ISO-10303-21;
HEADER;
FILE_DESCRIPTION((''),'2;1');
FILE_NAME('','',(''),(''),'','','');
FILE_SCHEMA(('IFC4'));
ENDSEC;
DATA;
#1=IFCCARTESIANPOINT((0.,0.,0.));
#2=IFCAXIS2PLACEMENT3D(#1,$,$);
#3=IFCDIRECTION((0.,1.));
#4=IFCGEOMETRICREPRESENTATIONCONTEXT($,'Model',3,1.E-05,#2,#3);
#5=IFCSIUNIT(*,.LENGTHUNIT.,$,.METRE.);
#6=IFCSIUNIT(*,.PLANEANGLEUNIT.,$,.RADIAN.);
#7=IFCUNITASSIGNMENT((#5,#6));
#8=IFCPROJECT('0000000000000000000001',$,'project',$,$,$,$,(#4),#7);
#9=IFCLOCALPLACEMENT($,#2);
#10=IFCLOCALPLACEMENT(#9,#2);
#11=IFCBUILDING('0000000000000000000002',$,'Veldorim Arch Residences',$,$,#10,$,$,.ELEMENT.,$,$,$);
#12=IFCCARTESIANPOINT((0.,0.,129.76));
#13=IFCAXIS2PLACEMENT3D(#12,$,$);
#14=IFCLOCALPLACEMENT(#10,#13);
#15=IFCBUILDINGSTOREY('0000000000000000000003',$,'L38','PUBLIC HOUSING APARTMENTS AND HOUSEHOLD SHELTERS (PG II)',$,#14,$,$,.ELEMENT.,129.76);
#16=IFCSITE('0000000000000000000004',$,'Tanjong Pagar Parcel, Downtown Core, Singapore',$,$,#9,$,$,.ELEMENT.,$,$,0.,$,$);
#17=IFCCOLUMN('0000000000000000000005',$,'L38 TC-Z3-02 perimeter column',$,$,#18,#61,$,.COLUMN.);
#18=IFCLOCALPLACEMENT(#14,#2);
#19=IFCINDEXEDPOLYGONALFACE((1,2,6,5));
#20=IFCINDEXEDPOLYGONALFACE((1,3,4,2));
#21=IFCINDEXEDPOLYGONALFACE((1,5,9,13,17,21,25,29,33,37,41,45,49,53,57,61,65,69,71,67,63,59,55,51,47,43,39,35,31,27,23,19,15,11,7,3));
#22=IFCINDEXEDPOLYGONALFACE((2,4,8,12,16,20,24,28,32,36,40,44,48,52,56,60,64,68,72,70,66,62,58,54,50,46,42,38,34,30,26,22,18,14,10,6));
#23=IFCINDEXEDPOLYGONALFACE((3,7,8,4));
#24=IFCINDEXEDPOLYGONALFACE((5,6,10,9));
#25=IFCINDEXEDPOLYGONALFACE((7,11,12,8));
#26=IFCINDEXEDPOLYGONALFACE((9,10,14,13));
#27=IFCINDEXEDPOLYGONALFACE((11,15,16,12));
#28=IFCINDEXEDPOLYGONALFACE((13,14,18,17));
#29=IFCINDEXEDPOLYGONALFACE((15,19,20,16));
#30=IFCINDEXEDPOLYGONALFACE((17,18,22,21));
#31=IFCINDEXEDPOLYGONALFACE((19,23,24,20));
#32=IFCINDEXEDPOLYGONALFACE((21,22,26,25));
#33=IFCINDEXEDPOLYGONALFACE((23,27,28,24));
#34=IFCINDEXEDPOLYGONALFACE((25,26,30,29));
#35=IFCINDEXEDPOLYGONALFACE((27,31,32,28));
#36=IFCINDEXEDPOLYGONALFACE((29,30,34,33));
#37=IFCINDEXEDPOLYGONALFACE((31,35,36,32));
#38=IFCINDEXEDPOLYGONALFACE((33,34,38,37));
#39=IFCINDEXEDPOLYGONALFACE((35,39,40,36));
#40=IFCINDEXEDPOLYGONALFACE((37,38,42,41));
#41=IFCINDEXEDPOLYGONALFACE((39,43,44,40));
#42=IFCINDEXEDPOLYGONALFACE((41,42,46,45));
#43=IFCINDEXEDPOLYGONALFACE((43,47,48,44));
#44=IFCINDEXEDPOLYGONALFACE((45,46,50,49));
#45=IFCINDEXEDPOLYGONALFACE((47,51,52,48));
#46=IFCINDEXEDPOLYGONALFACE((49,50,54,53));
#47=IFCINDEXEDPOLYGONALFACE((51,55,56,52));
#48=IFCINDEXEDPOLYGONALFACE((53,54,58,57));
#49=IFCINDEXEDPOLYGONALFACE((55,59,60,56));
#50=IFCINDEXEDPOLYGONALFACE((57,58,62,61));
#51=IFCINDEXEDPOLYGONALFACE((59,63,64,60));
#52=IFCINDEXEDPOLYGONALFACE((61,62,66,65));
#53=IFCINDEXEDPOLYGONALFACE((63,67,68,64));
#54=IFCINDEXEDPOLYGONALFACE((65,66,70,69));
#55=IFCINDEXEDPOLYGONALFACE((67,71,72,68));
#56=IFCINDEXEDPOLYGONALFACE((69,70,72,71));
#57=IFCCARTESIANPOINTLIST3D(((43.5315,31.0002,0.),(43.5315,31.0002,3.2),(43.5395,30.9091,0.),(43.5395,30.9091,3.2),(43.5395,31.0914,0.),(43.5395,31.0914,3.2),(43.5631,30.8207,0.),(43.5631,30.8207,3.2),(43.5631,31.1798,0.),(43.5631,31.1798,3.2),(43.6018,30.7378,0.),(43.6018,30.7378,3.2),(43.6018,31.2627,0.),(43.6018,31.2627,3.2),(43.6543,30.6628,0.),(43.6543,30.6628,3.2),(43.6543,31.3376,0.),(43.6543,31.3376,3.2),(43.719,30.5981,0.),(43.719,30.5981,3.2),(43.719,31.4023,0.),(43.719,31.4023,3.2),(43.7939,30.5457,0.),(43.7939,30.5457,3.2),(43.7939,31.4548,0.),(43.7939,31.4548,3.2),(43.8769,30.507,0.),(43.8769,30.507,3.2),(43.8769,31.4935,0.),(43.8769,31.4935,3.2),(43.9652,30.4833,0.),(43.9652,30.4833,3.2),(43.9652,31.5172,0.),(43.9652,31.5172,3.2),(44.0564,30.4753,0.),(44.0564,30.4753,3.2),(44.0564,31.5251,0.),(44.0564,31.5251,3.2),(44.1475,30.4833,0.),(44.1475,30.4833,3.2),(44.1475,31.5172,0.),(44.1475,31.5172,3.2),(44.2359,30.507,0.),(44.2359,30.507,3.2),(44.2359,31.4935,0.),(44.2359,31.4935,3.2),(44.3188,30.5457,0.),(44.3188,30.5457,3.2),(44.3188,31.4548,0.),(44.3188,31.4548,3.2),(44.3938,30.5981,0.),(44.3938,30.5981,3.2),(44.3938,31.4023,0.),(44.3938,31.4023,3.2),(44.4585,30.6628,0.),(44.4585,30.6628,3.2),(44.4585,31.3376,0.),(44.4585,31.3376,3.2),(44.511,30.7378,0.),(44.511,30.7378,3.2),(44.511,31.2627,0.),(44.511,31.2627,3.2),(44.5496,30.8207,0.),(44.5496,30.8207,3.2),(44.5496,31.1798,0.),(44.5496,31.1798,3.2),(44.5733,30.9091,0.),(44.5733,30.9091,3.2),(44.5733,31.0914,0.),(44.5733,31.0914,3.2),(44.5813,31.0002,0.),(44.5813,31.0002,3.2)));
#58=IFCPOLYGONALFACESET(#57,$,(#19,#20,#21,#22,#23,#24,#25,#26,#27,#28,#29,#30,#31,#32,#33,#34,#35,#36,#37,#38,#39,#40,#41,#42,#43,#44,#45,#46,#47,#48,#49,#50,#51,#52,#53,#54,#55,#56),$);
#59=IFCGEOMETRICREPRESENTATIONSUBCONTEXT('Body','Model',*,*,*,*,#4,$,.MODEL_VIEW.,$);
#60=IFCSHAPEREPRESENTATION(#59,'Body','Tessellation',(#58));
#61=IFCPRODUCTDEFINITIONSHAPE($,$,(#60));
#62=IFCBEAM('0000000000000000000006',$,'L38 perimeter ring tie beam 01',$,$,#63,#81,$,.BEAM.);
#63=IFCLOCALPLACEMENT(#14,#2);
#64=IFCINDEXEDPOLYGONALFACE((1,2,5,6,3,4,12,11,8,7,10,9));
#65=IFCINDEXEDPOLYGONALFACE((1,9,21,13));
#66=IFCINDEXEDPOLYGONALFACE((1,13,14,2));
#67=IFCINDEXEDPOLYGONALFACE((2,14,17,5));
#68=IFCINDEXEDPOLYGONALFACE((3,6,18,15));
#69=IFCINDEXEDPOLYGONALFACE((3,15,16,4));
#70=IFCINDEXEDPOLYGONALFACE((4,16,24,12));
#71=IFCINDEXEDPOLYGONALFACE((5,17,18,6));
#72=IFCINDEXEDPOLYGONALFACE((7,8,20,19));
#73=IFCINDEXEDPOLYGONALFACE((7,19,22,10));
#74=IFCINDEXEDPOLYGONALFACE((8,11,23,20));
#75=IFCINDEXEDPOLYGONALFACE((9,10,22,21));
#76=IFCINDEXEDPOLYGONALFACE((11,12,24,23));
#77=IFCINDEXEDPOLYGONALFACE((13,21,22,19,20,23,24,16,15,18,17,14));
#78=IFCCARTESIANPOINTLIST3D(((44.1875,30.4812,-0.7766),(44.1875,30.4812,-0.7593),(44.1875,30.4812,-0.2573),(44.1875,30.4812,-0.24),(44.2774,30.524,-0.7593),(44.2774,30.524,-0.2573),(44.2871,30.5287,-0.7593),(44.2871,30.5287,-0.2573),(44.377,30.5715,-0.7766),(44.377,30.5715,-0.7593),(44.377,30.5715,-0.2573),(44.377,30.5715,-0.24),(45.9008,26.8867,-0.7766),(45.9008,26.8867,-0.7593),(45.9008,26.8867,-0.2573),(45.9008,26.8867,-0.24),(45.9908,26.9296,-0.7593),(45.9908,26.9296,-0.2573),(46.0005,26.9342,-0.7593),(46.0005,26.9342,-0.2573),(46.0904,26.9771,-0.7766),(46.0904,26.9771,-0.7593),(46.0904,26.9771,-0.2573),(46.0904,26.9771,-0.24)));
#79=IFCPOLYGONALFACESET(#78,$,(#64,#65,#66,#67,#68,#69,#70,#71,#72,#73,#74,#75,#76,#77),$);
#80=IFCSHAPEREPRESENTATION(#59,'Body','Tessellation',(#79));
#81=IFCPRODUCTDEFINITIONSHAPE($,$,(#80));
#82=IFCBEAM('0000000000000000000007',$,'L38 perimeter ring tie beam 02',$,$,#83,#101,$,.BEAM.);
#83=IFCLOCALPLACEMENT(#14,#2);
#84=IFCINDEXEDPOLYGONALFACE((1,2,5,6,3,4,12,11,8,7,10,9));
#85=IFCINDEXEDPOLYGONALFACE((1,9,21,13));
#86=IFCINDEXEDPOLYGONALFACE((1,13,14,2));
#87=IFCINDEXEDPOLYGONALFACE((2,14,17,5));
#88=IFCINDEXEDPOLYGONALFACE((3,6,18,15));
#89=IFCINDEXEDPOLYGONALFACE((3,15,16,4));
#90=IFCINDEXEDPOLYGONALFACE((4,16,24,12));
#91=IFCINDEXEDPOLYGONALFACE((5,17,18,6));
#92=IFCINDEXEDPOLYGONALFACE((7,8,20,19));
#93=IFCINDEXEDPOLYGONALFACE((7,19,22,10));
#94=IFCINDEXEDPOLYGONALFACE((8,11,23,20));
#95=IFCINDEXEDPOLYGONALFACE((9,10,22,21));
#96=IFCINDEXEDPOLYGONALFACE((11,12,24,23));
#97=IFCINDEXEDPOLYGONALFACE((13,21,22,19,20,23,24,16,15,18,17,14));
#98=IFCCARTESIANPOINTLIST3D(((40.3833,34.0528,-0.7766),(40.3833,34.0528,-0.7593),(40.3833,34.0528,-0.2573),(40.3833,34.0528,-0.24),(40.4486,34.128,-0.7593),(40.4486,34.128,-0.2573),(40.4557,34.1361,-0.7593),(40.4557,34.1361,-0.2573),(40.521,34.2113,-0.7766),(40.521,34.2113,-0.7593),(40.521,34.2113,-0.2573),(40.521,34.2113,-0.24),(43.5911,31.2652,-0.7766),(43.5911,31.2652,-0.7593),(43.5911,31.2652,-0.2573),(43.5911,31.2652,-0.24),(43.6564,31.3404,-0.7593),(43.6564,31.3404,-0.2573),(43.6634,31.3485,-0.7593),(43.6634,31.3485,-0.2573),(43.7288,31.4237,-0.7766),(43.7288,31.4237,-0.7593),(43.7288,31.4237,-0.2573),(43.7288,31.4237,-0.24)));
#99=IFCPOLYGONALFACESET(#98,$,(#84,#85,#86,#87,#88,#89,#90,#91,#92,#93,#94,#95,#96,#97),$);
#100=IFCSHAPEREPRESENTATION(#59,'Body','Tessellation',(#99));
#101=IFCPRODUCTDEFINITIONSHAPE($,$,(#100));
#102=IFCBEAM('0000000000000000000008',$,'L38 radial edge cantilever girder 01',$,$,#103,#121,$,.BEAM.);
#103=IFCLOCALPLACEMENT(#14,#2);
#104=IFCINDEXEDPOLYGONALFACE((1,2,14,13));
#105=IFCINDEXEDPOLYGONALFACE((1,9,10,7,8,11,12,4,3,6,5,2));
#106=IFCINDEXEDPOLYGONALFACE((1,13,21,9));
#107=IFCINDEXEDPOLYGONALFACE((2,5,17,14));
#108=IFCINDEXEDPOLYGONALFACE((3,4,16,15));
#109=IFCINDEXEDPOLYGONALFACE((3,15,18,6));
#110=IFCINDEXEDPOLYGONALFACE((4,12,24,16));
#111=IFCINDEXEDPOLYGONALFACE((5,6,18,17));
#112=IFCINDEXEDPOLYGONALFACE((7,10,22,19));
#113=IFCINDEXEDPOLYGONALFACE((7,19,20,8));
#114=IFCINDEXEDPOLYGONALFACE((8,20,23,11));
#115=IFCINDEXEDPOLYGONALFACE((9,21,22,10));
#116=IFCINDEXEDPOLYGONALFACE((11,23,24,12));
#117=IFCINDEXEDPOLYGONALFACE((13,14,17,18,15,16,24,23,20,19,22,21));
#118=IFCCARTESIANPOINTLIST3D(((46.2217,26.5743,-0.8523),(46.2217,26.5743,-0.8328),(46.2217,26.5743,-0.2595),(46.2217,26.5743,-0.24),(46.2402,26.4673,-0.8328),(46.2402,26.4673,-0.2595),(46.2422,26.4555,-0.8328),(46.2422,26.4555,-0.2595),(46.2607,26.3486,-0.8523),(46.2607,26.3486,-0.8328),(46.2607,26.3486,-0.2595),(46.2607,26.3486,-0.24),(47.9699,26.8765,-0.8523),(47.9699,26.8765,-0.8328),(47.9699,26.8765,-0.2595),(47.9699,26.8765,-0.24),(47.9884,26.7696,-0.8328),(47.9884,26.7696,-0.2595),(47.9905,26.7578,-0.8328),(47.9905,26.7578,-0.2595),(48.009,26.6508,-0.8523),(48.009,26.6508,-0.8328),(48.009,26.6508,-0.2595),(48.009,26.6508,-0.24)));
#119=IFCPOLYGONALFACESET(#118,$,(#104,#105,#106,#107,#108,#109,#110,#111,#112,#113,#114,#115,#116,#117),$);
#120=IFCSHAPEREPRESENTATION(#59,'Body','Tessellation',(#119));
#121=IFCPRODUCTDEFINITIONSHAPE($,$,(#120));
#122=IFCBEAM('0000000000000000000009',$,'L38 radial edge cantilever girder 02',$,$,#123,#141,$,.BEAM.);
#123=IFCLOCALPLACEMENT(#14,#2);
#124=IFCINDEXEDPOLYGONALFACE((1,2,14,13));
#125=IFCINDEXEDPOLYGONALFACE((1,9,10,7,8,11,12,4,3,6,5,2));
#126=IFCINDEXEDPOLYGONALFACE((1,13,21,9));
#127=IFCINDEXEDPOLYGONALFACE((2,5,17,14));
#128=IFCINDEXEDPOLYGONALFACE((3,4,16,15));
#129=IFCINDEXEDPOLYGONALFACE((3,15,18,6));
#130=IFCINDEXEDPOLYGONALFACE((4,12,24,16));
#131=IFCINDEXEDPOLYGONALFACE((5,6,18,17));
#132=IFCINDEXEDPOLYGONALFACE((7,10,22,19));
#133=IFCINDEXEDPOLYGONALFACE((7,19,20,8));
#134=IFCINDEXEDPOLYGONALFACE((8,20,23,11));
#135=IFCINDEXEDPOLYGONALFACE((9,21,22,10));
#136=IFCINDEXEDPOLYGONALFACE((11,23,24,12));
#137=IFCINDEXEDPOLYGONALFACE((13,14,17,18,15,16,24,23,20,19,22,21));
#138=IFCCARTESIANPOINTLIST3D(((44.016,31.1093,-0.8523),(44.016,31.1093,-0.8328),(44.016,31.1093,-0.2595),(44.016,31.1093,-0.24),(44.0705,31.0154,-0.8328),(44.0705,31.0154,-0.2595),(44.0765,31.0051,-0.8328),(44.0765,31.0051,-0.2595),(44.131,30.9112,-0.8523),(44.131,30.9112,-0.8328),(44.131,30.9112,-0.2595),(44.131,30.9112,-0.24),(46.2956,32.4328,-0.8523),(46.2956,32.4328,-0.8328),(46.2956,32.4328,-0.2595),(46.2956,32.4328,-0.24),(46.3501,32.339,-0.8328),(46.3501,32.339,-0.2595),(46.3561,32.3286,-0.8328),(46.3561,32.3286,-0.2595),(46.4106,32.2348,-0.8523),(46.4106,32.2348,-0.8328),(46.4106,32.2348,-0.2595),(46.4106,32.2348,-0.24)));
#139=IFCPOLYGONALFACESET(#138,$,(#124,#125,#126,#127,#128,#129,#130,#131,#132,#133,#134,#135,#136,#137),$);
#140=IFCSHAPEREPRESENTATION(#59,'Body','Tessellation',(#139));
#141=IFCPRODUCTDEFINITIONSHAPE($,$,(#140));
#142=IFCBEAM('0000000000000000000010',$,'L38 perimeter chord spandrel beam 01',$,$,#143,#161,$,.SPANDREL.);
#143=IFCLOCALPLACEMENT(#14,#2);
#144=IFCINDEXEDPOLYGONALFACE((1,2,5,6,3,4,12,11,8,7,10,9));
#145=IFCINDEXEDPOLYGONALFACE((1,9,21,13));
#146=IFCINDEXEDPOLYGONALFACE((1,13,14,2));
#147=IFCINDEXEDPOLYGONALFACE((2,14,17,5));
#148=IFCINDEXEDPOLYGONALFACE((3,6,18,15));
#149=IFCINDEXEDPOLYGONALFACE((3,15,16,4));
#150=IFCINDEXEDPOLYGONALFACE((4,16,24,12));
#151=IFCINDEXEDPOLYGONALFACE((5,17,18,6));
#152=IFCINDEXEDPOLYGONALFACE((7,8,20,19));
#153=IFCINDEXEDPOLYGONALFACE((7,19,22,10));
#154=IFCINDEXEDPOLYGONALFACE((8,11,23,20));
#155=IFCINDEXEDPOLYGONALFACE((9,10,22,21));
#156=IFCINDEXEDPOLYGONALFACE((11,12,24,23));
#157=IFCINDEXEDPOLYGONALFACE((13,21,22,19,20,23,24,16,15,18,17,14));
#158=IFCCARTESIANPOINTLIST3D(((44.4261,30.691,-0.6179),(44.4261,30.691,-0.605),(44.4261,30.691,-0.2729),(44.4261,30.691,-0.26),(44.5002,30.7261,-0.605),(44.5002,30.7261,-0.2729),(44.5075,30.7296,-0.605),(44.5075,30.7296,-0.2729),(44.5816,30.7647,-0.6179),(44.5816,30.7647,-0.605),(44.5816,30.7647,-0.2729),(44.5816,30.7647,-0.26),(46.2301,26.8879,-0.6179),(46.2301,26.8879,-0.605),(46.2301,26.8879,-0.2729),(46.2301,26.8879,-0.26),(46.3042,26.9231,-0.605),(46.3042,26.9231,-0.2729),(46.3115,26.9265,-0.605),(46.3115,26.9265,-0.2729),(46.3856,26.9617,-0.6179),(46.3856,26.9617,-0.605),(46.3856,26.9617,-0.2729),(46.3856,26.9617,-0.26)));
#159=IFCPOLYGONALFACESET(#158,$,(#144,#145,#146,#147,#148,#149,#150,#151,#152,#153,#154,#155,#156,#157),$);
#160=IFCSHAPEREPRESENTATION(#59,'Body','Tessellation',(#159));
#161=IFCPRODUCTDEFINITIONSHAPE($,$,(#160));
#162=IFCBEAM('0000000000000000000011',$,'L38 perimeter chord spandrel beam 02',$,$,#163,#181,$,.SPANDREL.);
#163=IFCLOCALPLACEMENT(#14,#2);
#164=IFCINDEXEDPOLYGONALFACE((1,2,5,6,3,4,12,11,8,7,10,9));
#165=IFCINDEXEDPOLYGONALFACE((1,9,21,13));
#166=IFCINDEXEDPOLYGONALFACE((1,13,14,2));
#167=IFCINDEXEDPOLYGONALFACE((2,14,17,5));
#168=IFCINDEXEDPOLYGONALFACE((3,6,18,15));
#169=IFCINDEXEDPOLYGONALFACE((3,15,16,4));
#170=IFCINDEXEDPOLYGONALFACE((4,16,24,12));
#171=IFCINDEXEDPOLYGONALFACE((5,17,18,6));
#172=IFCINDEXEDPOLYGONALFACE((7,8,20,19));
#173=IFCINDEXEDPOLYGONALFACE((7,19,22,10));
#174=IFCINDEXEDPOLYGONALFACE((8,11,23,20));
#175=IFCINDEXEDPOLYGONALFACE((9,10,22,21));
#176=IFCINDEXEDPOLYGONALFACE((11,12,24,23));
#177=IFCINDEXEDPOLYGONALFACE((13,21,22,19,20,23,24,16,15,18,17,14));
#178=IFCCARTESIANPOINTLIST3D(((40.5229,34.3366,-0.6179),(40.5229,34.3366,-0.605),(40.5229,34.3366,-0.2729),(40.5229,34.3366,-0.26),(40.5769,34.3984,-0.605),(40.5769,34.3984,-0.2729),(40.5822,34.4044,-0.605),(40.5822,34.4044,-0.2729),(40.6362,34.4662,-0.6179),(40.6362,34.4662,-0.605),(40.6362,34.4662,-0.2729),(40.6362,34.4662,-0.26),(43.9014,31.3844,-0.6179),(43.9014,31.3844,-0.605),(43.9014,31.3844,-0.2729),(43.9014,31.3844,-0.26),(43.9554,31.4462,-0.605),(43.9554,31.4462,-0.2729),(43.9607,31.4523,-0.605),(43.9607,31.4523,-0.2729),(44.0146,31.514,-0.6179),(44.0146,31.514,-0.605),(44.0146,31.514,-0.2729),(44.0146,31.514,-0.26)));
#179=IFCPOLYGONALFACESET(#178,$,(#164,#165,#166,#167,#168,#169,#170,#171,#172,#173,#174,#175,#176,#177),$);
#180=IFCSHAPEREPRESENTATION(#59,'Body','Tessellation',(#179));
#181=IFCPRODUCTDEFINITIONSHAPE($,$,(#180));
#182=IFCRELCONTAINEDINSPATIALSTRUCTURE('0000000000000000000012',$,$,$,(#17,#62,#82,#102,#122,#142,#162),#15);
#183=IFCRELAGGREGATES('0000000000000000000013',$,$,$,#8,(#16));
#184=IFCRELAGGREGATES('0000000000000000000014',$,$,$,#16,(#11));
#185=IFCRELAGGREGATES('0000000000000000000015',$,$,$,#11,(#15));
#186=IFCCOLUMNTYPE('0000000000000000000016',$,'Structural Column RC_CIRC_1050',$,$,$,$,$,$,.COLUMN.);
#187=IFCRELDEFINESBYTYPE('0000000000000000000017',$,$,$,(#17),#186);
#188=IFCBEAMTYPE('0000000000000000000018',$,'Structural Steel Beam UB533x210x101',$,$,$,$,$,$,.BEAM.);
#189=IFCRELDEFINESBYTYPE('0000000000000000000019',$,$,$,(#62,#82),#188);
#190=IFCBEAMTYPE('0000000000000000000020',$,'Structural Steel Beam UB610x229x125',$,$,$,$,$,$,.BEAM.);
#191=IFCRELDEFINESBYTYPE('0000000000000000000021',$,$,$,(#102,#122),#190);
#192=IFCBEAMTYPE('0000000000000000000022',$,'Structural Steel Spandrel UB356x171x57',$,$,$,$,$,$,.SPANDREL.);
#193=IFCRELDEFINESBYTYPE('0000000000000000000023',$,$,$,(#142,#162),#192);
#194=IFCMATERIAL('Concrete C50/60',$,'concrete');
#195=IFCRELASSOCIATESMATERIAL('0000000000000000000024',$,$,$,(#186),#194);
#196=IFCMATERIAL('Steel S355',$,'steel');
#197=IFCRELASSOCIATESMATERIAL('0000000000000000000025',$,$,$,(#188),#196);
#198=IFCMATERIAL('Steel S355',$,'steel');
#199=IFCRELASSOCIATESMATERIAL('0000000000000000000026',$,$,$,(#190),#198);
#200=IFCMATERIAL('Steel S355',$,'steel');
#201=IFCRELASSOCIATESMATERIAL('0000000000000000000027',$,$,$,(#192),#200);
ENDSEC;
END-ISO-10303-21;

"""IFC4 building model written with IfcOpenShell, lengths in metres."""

from ifc_helpers import new_model, si_unit, direction, frame, origin, origin_2d, place, context, subcontext, project, spatial, circle, i_section, extrude, material, material_profile, profile_set, type_object, element, save


model = new_model("IFC4")

# Units and contexts
model_context = context("Model", 3, precision=1e-05, world=origin(), true_north=direction((0.0, 1.0)))
body_context = subcontext(model_context, "Body", "Model", "MODEL_VIEW")
ifc_project = project(units=[si_unit("LENGTHUNIT", "METRE"), si_unit("PLANEANGLEUNIT", "RADIAN")], contexts=[model_context])

# Site, building, storey
site_placement = place(None, origin())
site = spatial("IfcSite", under=ifc_project, at=site_placement, Name="Tanjong Pagar Parcel, Downtown Core, Singapore", CompositionType="ELEMENT", RefElevation=0.0)
building_placement = place(site_placement, origin())
building = spatial("IfcBuilding", under=site, at=building_placement, Name="Veldorim Arch Residences", CompositionType="ELEMENT")
storey_placement = place(building_placement, frame((0.0, 0.0, 129.76)))
storey = spatial("IfcBuildingStorey", under=building, at=storey_placement, Name="L38", Description="PUBLIC HOUSING APARTMENTS AND HOUSEHOLD SHELTERS (PG II)", CompositionType="ELEMENT", Elevation=129.76)

# Column
ifc_material_1 = material(Name="Concrete C50/60", Category="concrete")
ifc_material_profile_1 = material_profile(ifc_material_1, circle(Radius=0.5249, at=origin_2d()), Name="RC_CIRC_1050")
ifc_profile_set_1 = profile_set([ifc_material_profile_1], Name="Concrete C50/60")
column_type = type_object("IfcColumnType", Name="Structural Column RC_CIRC_1050", PredefinedType="COLUMN", material=ifc_profile_set_1)
column_placement = place(storey_placement, frame((44.0564, 31.0002, 0.0), z_axis=(0.0, 0.0, 1.0), x_axis=(1.0, 0.0, 0.0)))
element("IfcColumn", 1, at=column_placement, inside=storey, type_object=column_type, Name="L38 TC-Z3-02 perimeter column", PredefinedType="COLUMN", context=body_context, shape_type="SweptSolid", body=[
    extrude(circle(Radius=0.5249, at=origin_2d()), origin(), (0.0, 0.0, 1.0), 3.2),
])

# Beams
ifc_material_2 = material(Name="Steel S355", Category="steel")
ifc_material_profile_2 = material_profile(ifc_material_2, i_section(OverallWidth=0.21, OverallDepth=0.5366, WebThickness=0.0107, FlangeThickness=0.0173, at=origin_2d()), Name="UB533x210x101")
ifc_profile_set_2 = profile_set([ifc_material_profile_2], Name="Steel S355")
beam_type_1 = type_object("IfcBeamType", Name="Structural Steel Beam UB533x210x101", PredefinedType="BEAM", material=ifc_profile_set_2)
beam_1_placement = place(storey_placement, frame((45.9956, 26.9319, -0.5083), z_axis=(-0.430286, 0.902693, 0.0), x_axis=(-0.902693, -0.430286, 0.0)))
element("IfcBeam", 2, at=beam_1_placement, inside=storey, type_object=beam_type_1, Name="L38 perimeter ring tie beam 01", PredefinedType="BEAM", context=body_context, shape_type="SweptSolid", body=[
    extrude(i_section(OverallWidth=0.21, OverallDepth=0.5366, WebThickness=0.0107, FlangeThickness=0.0173, at=origin_2d()), origin(), (0.0, 0.0, 1.0), 3.9819),
])
beam_2_placement = place(storey_placement, frame((43.6599, 31.3445, -0.5083), z_axis=(-0.754811, 0.655943, 0.0), x_axis=(-0.655943, -0.754811, 0.0)))
element("IfcBeam", 3, at=beam_2_placement, inside=storey, type_object=beam_type_1, Name="L38 perimeter ring tie beam 02", PredefinedType="BEAM", context=body_context, shape_type="SweptSolid", body=[
    extrude(i_section(OverallWidth=0.21, OverallDepth=0.5366, WebThickness=0.0107, FlangeThickness=0.0173, at=origin_2d()), origin(), (0.0, 0.0, 1.0), 4.2498),
])
ifc_material_3 = material(Name="Steel S355", Category="steel")
ifc_material_profile_3 = material_profile(ifc_material_3, i_section(OverallWidth=0.229, OverallDepth=0.6123, WebThickness=0.012, FlangeThickness=0.0195, at=origin_2d()), Name="UB610x229x125")
ifc_profile_set_3 = profile_set([ifc_material_profile_3], Name="Steel S355")
beam_type_2 = type_object("IfcBeamType", Name="Structural Steel Beam UB610x229x125", PredefinedType="BEAM", material=ifc_profile_set_3)
beam_3_placement = place(storey_placement, frame((46.2412, 26.4614, -0.5461), z_axis=(0.985383, 0.170354, 0.0), x_axis=(-0.170354, 0.985383, 0.0)))
element("IfcBeam", 4, at=beam_3_placement, inside=storey, type_object=beam_type_2, Name="L38 radial edge cantilever girder 01", PredefinedType="BEAM", context=body_context, shape_type="SweptSolid", body=[
    extrude(i_section(OverallWidth=0.229, OverallDepth=0.6123, WebThickness=0.012, FlangeThickness=0.0195, at=origin_2d()), origin(), (0.0, 0.0, 1.0), 1.7742),
])
beam_4_placement = place(storey_placement, frame((44.0735, 31.0103, -0.5461), z_axis=(0.864808, 0.502102, 0.0), x_axis=(-0.502102, 0.864808, 0.0)))
element("IfcBeam", 5, at=beam_4_placement, inside=storey, type_object=beam_type_2, Name="L38 radial edge cantilever girder 02", PredefinedType="BEAM", context=body_context, shape_type="SweptSolid", body=[
    extrude(i_section(OverallWidth=0.229, OverallDepth=0.6123, WebThickness=0.012, FlangeThickness=0.0195, at=origin_2d()), origin(), (0.0, 0.0, 1.0), 2.636),
])
ifc_material_4 = material(Name="Steel S355", Category="steel")
ifc_material_profile_4 = material_profile(ifc_material_4, i_section(OverallWidth=0.1721, OverallDepth=0.3579, WebThickness=0.0081, FlangeThickness=0.0129, at=origin_2d()), Name="UB356x171x57")
ifc_profile_set_4 = profile_set([ifc_material_profile_4], Name="Steel S355")
beam_type_3 = type_object("IfcBeamType", Name="Structural Steel Spandrel UB356x171x57", PredefinedType="SPANDREL", material=ifc_profile_set_4)
beam_5_placement = place(storey_placement, frame((46.3079, 26.9248, -0.439), z_axis=(-0.42858, 0.903504, 0.0), x_axis=(-0.903504, -0.42858, 0.0)))
element("IfcBeam", 6, at=beam_5_placement, inside=storey, type_object=beam_type_3, Name="L38 perimeter chord spandrel beam 01", PredefinedType="SPANDREL", context=body_context, shape_type="SweptSolid", body=[
    extrude(i_section(OverallWidth=0.1721, OverallDepth=0.3579, WebThickness=0.0081, FlangeThickness=0.0129, at=origin_2d()), origin(), (0.0, 0.0, 1.0), 4.2092),
])
beam_6_placement = place(storey_placement, frame((43.958, 31.4492, -0.439), z_axis=(-0.753015, 0.658004, 0.0), x_axis=(-0.658004, -0.753015, 0.0)))
element("IfcBeam", 7, at=beam_6_placement, inside=storey, type_object=beam_type_3, Name="L38 perimeter chord spandrel beam 02", PredefinedType="SPANDREL", context=body_context, shape_type="SweptSolid", body=[
    extrude(i_section(OverallWidth=0.1721, OverallDepth=0.3579, WebThickness=0.0081, FlangeThickness=0.0129, at=origin_2d()), origin(), (0.0, 0.0, 1.0), 4.4866),
])

save(model, "model.ifc")
